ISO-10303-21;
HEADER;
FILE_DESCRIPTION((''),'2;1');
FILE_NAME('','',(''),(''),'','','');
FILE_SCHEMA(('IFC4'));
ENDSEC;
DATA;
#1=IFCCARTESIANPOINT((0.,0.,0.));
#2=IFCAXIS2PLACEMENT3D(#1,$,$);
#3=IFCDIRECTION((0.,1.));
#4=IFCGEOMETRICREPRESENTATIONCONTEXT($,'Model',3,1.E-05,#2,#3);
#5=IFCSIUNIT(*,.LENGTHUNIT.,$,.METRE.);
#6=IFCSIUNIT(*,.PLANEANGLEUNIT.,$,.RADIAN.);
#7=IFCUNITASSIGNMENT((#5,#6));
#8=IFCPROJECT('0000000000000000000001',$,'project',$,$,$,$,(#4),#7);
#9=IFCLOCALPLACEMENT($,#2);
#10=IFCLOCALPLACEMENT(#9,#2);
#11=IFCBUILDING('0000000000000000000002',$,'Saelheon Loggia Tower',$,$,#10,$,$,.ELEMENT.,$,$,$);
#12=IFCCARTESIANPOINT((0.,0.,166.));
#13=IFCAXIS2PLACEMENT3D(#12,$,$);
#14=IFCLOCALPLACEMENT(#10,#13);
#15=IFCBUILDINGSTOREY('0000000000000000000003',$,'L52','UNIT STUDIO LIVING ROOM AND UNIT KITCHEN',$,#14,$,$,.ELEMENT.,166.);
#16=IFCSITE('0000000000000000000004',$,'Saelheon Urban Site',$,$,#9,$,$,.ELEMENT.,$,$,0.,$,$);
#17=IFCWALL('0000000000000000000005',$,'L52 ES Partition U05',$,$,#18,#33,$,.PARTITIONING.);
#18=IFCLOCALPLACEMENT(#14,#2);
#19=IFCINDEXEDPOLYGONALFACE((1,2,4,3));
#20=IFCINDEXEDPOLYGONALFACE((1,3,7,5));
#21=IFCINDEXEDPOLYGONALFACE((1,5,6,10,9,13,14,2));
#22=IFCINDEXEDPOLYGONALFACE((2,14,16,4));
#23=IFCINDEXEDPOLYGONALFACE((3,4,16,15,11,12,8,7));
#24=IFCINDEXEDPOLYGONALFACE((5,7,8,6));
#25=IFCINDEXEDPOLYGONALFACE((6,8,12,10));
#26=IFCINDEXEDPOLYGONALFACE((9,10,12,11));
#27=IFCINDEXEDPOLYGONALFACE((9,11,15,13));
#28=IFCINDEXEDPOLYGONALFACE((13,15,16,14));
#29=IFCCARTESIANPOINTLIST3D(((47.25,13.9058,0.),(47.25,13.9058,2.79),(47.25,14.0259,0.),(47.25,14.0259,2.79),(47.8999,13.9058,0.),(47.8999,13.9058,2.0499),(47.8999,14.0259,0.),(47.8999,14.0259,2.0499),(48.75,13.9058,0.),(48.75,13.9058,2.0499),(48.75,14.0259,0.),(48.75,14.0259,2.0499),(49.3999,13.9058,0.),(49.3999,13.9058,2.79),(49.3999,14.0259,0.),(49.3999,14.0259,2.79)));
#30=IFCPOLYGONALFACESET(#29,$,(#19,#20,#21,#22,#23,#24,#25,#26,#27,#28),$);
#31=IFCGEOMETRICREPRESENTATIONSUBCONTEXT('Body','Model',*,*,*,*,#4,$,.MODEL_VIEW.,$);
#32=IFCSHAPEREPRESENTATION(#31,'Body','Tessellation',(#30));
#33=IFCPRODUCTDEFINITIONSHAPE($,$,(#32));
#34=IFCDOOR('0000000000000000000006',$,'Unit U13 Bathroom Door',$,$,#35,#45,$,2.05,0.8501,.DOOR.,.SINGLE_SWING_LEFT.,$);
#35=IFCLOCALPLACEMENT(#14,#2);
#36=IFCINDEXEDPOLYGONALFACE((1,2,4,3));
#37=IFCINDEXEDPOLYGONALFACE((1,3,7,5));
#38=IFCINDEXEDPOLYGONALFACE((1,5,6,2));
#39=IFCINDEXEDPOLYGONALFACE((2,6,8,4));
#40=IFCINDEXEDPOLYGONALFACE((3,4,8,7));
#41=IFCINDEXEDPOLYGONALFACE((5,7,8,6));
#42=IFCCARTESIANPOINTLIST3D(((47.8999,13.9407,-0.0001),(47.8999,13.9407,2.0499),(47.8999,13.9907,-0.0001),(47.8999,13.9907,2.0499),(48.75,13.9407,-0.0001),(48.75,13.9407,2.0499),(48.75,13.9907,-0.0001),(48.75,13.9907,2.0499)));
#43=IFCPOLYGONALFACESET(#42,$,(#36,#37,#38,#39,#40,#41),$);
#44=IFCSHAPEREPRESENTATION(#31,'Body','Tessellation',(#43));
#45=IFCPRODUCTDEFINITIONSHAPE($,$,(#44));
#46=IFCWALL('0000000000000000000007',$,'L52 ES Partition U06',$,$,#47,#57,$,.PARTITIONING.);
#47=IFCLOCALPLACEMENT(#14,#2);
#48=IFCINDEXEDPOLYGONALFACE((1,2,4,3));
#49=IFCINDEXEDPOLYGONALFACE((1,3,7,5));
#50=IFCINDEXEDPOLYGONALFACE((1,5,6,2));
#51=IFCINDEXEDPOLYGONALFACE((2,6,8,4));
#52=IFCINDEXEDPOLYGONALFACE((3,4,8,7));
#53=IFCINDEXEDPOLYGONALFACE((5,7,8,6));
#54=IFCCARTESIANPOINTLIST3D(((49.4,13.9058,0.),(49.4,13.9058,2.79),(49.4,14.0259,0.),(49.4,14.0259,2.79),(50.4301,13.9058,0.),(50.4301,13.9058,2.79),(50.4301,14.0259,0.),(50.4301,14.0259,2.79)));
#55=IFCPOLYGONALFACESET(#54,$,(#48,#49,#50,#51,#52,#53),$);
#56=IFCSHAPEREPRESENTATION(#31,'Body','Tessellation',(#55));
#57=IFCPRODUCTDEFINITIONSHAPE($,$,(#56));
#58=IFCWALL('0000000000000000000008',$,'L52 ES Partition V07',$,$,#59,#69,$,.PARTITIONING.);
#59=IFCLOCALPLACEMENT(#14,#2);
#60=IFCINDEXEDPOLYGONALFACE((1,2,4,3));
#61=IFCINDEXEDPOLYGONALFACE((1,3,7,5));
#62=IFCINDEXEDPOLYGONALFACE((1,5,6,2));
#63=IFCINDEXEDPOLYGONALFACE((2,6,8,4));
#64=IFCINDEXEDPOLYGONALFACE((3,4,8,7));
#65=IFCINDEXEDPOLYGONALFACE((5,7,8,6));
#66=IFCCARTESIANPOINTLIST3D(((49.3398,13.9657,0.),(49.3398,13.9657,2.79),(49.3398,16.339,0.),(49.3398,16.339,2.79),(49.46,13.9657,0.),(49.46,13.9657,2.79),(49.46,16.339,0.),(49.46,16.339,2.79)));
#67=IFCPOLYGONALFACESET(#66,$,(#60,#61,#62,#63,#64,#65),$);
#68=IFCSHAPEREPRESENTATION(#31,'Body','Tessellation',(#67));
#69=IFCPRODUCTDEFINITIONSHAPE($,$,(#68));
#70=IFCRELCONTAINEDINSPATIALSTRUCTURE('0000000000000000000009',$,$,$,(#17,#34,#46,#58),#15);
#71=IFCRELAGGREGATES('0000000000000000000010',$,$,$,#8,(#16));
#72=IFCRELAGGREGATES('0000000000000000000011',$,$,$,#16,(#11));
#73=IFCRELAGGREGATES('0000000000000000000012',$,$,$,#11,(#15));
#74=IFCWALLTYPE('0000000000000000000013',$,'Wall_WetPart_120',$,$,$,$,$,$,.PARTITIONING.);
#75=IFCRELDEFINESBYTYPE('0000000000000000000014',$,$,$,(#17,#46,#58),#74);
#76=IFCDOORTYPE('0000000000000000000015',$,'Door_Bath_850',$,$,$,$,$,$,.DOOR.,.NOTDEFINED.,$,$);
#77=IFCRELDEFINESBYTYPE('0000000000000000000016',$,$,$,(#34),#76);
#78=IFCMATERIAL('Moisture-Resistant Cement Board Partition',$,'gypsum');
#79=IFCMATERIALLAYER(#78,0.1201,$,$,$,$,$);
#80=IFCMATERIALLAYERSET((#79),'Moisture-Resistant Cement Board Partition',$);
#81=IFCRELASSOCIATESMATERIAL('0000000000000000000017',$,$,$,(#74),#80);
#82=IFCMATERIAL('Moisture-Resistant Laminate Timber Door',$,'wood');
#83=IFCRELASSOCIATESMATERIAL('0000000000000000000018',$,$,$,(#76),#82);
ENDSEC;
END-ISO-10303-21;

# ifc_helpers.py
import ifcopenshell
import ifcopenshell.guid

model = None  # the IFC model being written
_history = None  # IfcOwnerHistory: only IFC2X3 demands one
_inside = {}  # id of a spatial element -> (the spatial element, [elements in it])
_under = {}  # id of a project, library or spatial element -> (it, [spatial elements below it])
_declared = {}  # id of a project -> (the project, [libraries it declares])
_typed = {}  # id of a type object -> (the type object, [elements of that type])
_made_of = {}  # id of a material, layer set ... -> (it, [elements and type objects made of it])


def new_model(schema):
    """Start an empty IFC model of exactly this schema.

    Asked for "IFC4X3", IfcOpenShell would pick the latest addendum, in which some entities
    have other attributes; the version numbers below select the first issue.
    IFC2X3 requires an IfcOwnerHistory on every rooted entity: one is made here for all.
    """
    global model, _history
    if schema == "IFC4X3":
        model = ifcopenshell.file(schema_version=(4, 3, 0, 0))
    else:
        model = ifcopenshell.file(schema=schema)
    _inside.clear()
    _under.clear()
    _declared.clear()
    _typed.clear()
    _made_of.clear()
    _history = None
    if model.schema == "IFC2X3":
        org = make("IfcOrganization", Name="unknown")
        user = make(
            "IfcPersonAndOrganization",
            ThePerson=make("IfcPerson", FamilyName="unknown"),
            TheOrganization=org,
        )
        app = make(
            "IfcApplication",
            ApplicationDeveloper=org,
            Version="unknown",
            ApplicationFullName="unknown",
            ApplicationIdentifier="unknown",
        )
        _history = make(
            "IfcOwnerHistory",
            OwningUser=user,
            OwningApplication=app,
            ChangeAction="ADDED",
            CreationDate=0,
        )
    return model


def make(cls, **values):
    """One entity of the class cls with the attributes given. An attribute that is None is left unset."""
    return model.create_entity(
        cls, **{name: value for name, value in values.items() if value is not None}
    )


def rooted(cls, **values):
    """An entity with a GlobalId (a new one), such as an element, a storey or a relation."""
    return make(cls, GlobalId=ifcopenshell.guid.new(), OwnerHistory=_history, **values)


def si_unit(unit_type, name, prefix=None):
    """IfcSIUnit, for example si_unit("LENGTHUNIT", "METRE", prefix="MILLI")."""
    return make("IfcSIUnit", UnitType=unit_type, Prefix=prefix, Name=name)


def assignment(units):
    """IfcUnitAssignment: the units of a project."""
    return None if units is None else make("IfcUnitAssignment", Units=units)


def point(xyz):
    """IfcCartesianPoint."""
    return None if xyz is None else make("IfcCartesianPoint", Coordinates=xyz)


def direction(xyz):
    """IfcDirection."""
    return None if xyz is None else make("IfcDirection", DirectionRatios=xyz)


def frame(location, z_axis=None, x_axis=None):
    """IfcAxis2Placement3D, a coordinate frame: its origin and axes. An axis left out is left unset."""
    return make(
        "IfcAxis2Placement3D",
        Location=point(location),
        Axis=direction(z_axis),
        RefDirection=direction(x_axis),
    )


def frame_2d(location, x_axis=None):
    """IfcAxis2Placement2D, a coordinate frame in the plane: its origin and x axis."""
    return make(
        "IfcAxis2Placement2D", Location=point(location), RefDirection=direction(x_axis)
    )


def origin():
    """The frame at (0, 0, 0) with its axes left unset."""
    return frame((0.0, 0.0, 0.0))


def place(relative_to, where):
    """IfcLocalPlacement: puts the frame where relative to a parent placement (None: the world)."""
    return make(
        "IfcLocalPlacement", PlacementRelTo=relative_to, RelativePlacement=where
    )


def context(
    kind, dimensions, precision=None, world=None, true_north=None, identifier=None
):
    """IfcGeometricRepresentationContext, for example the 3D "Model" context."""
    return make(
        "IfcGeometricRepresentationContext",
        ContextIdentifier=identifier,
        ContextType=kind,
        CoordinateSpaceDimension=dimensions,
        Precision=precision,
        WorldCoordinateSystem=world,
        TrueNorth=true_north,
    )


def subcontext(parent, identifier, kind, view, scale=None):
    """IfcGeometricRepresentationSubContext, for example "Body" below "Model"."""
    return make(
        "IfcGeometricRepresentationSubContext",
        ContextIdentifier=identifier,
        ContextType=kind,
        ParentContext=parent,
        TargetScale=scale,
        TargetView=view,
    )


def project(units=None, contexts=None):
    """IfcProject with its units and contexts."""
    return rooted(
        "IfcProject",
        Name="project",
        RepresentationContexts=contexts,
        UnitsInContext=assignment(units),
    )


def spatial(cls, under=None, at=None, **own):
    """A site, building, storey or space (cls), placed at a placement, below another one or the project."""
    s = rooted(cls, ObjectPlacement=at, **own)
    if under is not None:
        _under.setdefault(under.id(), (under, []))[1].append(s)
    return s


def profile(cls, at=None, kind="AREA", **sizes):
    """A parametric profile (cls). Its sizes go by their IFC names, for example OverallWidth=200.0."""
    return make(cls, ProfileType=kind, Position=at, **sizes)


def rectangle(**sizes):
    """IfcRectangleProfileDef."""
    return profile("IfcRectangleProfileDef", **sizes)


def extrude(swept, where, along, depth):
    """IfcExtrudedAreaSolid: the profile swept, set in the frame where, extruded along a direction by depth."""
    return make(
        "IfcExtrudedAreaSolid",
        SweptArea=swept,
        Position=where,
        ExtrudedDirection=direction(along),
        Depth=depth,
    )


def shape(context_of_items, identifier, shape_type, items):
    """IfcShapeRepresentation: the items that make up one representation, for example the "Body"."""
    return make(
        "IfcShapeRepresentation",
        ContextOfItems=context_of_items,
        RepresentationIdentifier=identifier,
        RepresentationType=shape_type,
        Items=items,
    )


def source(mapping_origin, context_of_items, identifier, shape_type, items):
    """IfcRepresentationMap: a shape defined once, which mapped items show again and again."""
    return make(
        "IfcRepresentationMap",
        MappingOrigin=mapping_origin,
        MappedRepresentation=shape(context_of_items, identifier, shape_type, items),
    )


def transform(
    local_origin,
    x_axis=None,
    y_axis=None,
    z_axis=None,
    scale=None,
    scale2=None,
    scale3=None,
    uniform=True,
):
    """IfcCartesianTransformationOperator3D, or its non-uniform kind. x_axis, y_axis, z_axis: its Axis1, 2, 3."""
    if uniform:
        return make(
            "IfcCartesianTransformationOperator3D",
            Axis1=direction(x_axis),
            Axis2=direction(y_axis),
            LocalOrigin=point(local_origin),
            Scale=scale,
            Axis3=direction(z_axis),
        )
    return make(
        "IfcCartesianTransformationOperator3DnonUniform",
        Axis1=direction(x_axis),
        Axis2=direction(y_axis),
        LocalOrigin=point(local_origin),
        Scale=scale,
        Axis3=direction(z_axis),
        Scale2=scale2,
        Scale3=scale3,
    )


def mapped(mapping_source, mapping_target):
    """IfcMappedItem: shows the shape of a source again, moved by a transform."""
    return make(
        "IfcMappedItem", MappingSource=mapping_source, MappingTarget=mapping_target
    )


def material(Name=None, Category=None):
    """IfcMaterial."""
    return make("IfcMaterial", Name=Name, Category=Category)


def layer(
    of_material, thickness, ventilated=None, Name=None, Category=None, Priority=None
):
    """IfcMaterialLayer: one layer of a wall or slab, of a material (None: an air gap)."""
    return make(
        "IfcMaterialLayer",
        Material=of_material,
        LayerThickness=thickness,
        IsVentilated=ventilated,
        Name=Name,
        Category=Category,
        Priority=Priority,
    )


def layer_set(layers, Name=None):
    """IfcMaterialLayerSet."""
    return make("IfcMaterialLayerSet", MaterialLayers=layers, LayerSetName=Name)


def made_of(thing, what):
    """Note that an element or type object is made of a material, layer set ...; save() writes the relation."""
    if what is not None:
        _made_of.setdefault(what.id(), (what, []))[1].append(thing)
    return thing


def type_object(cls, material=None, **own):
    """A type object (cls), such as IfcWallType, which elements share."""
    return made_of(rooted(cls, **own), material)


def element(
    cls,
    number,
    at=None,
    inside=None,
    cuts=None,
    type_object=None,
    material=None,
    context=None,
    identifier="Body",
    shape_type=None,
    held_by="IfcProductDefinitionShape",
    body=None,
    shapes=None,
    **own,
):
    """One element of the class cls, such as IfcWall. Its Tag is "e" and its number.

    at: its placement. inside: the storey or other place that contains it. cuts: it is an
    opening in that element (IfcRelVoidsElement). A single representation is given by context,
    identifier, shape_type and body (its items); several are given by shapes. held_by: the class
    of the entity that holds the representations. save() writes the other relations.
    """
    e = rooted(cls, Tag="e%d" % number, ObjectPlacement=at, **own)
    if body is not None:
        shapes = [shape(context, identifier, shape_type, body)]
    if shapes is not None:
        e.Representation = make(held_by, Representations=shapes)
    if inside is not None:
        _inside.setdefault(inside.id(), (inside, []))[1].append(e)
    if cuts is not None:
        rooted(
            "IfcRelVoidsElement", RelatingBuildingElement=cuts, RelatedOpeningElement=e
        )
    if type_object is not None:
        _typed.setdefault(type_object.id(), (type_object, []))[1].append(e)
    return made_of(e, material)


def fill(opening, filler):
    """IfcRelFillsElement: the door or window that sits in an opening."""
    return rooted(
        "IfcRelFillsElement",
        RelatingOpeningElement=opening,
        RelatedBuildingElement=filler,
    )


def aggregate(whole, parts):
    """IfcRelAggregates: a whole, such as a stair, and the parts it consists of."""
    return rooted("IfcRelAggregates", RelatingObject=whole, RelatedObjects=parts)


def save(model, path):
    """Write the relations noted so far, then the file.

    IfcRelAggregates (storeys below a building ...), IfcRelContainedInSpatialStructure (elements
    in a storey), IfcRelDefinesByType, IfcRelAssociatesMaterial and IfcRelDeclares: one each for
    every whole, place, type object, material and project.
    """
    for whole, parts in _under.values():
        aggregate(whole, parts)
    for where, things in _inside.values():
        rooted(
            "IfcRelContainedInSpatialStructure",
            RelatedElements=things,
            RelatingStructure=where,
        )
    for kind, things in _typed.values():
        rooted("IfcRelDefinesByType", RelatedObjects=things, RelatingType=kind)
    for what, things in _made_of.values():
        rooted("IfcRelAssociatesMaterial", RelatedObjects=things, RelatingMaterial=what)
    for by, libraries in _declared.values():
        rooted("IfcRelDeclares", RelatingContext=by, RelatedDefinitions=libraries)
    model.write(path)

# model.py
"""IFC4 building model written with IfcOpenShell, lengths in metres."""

from ifc_helpers import new_model, si_unit, direction, frame, frame_2d, origin, place, context, subcontext, project, spatial, rectangle, extrude, source, transform, mapped, material, layer, layer_set, type_object, element, fill, save


model = new_model("IFC4")

# Units and contexts
model_context = context("Model", 3, precision=1e-05, world=origin(), true_north=direction((0.0, 1.0)))
body_context = subcontext(model_context, "Body", "Model", "MODEL_VIEW")
ifc_project = project(units=[si_unit("LENGTHUNIT", "METRE"), si_unit("PLANEANGLEUNIT", "RADIAN")], contexts=[model_context])

# Site, building, storey
site_placement = place(None, origin())
site = spatial("IfcSite", under=ifc_project, at=site_placement, Name="Saelheon Urban Site", CompositionType="ELEMENT", RefElevation=0.0)
building_placement = place(site_placement, origin())
building = spatial("IfcBuilding", under=site, at=building_placement, Name="Saelheon Loggia Tower", CompositionType="ELEMENT")
storey_placement = place(building_placement, frame((0.0, 0.0, 166.0)))
storey = spatial("IfcBuildingStorey", under=building, at=storey_placement, Name="L52", Description="UNIT STUDIO LIVING ROOM AND UNIT KITCHEN", CompositionType="ELEMENT", Elevation=166.0)

# Wall, opening, door
ifc_material_1 = material(Name="Moisture-Resistant Cement Board Partition", Category="gypsum")
ifc_layer_1 = layer(ifc_material_1, 0.1201)
ifc_layer_set_1 = layer_set([ifc_layer_1], Name="Moisture-Resistant Cement Board Partition")
wall_type_1 = type_object("IfcWallType", Name="Wall_WetPart_120", PredefinedType="PARTITIONING", material=ifc_layer_set_1)
wall_1_placement = place(storey_placement, frame((47.25, 13.9658, 0.0), z_axis=(0.0, 0.0, 1.0), x_axis=(1.0, 0.0, 0.0)))
wall_1 = element("IfcWall", 1, at=wall_1_placement, inside=storey, type_object=wall_type_1, Name="L52 ES Partition U05", PredefinedType="PARTITIONING", context=body_context, shape_type="SweptSolid", body=[
    extrude(rectangle(XDim=2.1499, YDim=0.1201, at=frame_2d((1.075, 0.0))), origin(), (0.0, 0.0, 1.0), 2.79),
])
opening_1_placement = place(wall_1_placement, frame((0.6499, 0.0, 0.0)))
opening_1 = element("IfcOpeningElement", 2, at=opening_1_placement, cuts=wall_1, PredefinedType="OPENING", context=body_context, shape_type="SweptSolid", body=[
    extrude(rectangle(XDim=0.8501, YDim=2.05, at=frame_2d((0.425, 1.0249))), frame((0.0, 0.072, 0.0), z_axis=(0.0, -1.0, 0.0), x_axis=(1.0, 0.0, 0.0)), (0.0, 0.0, 1.0), 0.144),
])
ifc_material_2 = material(Name="Moisture-Resistant Laminate Timber Door", Category="wood")
door_type_1 = type_object("IfcDoorType", Name="Door_Bath_850", OperationType="NOTDEFINED", PredefinedType="DOOR", material=ifc_material_2)
shared_shape_1 = source(origin(), body_context, "Body", "SweptSolid", [
    extrude(rectangle(XDim=0.8501, YDim=2.05, at=frame_2d((0.425, 1.0249))), frame((0.0, 0.0249, 0.0), z_axis=(0.0, -1.0, 0.0), x_axis=(1.0, 0.0, 0.0)), (0.0, 0.0, 1.0), 0.05),
])
door_1_placement = place(opening_1_placement, origin())
door_1 = element("IfcDoor", 3, at=door_1_placement, inside=storey, type_object=door_type_1, Name="Unit U13 Bathroom Door", OperationType="SINGLE_SWING_LEFT", OverallHeight=2.05, OverallWidth=0.8501, PredefinedType="DOOR", context=body_context, shape_type="MappedRepresentation", body=[
    mapped(shared_shape_1, transform((0.0, 0.0, 0.0), scale=1.0)),
])
fill(opening_1, door_1)

# Walls
wall_2_placement = place(storey_placement, frame((49.3999, 13.9658, 0.0), z_axis=(0.0, 0.0, 1.0), x_axis=(1.0, 0.0, 0.0)))
element("IfcWall", 4, at=wall_2_placement, inside=storey, type_object=wall_type_1, Name="L52 ES Partition U06", PredefinedType="PARTITIONING", context=body_context, shape_type="SweptSolid", body=[
    extrude(rectangle(XDim=1.03, YDim=0.1201, at=frame_2d((0.5151, 0.0))), origin(), (0.0, 0.0, 1.0), 2.79),
])
wall_3_placement = place(storey_placement, frame((49.3999, 13.9658, 0.0), z_axis=(0.0, 0.0, 1.0), x_axis=(0.0, 1.0, 0.0)))
element("IfcWall", 5, at=wall_3_placement, inside=storey, type_object=wall_type_1, Name="L52 ES Partition V07", PredefinedType="PARTITIONING", context=body_context, shape_type="SweptSolid", body=[
    extrude(rectangle(XDim=2.3733, YDim=0.1201, at=frame_2d((1.1865, 0.0))), origin(), (0.0, 0.0, 1.0), 2.79),
])

save(model, "model.ifc")
